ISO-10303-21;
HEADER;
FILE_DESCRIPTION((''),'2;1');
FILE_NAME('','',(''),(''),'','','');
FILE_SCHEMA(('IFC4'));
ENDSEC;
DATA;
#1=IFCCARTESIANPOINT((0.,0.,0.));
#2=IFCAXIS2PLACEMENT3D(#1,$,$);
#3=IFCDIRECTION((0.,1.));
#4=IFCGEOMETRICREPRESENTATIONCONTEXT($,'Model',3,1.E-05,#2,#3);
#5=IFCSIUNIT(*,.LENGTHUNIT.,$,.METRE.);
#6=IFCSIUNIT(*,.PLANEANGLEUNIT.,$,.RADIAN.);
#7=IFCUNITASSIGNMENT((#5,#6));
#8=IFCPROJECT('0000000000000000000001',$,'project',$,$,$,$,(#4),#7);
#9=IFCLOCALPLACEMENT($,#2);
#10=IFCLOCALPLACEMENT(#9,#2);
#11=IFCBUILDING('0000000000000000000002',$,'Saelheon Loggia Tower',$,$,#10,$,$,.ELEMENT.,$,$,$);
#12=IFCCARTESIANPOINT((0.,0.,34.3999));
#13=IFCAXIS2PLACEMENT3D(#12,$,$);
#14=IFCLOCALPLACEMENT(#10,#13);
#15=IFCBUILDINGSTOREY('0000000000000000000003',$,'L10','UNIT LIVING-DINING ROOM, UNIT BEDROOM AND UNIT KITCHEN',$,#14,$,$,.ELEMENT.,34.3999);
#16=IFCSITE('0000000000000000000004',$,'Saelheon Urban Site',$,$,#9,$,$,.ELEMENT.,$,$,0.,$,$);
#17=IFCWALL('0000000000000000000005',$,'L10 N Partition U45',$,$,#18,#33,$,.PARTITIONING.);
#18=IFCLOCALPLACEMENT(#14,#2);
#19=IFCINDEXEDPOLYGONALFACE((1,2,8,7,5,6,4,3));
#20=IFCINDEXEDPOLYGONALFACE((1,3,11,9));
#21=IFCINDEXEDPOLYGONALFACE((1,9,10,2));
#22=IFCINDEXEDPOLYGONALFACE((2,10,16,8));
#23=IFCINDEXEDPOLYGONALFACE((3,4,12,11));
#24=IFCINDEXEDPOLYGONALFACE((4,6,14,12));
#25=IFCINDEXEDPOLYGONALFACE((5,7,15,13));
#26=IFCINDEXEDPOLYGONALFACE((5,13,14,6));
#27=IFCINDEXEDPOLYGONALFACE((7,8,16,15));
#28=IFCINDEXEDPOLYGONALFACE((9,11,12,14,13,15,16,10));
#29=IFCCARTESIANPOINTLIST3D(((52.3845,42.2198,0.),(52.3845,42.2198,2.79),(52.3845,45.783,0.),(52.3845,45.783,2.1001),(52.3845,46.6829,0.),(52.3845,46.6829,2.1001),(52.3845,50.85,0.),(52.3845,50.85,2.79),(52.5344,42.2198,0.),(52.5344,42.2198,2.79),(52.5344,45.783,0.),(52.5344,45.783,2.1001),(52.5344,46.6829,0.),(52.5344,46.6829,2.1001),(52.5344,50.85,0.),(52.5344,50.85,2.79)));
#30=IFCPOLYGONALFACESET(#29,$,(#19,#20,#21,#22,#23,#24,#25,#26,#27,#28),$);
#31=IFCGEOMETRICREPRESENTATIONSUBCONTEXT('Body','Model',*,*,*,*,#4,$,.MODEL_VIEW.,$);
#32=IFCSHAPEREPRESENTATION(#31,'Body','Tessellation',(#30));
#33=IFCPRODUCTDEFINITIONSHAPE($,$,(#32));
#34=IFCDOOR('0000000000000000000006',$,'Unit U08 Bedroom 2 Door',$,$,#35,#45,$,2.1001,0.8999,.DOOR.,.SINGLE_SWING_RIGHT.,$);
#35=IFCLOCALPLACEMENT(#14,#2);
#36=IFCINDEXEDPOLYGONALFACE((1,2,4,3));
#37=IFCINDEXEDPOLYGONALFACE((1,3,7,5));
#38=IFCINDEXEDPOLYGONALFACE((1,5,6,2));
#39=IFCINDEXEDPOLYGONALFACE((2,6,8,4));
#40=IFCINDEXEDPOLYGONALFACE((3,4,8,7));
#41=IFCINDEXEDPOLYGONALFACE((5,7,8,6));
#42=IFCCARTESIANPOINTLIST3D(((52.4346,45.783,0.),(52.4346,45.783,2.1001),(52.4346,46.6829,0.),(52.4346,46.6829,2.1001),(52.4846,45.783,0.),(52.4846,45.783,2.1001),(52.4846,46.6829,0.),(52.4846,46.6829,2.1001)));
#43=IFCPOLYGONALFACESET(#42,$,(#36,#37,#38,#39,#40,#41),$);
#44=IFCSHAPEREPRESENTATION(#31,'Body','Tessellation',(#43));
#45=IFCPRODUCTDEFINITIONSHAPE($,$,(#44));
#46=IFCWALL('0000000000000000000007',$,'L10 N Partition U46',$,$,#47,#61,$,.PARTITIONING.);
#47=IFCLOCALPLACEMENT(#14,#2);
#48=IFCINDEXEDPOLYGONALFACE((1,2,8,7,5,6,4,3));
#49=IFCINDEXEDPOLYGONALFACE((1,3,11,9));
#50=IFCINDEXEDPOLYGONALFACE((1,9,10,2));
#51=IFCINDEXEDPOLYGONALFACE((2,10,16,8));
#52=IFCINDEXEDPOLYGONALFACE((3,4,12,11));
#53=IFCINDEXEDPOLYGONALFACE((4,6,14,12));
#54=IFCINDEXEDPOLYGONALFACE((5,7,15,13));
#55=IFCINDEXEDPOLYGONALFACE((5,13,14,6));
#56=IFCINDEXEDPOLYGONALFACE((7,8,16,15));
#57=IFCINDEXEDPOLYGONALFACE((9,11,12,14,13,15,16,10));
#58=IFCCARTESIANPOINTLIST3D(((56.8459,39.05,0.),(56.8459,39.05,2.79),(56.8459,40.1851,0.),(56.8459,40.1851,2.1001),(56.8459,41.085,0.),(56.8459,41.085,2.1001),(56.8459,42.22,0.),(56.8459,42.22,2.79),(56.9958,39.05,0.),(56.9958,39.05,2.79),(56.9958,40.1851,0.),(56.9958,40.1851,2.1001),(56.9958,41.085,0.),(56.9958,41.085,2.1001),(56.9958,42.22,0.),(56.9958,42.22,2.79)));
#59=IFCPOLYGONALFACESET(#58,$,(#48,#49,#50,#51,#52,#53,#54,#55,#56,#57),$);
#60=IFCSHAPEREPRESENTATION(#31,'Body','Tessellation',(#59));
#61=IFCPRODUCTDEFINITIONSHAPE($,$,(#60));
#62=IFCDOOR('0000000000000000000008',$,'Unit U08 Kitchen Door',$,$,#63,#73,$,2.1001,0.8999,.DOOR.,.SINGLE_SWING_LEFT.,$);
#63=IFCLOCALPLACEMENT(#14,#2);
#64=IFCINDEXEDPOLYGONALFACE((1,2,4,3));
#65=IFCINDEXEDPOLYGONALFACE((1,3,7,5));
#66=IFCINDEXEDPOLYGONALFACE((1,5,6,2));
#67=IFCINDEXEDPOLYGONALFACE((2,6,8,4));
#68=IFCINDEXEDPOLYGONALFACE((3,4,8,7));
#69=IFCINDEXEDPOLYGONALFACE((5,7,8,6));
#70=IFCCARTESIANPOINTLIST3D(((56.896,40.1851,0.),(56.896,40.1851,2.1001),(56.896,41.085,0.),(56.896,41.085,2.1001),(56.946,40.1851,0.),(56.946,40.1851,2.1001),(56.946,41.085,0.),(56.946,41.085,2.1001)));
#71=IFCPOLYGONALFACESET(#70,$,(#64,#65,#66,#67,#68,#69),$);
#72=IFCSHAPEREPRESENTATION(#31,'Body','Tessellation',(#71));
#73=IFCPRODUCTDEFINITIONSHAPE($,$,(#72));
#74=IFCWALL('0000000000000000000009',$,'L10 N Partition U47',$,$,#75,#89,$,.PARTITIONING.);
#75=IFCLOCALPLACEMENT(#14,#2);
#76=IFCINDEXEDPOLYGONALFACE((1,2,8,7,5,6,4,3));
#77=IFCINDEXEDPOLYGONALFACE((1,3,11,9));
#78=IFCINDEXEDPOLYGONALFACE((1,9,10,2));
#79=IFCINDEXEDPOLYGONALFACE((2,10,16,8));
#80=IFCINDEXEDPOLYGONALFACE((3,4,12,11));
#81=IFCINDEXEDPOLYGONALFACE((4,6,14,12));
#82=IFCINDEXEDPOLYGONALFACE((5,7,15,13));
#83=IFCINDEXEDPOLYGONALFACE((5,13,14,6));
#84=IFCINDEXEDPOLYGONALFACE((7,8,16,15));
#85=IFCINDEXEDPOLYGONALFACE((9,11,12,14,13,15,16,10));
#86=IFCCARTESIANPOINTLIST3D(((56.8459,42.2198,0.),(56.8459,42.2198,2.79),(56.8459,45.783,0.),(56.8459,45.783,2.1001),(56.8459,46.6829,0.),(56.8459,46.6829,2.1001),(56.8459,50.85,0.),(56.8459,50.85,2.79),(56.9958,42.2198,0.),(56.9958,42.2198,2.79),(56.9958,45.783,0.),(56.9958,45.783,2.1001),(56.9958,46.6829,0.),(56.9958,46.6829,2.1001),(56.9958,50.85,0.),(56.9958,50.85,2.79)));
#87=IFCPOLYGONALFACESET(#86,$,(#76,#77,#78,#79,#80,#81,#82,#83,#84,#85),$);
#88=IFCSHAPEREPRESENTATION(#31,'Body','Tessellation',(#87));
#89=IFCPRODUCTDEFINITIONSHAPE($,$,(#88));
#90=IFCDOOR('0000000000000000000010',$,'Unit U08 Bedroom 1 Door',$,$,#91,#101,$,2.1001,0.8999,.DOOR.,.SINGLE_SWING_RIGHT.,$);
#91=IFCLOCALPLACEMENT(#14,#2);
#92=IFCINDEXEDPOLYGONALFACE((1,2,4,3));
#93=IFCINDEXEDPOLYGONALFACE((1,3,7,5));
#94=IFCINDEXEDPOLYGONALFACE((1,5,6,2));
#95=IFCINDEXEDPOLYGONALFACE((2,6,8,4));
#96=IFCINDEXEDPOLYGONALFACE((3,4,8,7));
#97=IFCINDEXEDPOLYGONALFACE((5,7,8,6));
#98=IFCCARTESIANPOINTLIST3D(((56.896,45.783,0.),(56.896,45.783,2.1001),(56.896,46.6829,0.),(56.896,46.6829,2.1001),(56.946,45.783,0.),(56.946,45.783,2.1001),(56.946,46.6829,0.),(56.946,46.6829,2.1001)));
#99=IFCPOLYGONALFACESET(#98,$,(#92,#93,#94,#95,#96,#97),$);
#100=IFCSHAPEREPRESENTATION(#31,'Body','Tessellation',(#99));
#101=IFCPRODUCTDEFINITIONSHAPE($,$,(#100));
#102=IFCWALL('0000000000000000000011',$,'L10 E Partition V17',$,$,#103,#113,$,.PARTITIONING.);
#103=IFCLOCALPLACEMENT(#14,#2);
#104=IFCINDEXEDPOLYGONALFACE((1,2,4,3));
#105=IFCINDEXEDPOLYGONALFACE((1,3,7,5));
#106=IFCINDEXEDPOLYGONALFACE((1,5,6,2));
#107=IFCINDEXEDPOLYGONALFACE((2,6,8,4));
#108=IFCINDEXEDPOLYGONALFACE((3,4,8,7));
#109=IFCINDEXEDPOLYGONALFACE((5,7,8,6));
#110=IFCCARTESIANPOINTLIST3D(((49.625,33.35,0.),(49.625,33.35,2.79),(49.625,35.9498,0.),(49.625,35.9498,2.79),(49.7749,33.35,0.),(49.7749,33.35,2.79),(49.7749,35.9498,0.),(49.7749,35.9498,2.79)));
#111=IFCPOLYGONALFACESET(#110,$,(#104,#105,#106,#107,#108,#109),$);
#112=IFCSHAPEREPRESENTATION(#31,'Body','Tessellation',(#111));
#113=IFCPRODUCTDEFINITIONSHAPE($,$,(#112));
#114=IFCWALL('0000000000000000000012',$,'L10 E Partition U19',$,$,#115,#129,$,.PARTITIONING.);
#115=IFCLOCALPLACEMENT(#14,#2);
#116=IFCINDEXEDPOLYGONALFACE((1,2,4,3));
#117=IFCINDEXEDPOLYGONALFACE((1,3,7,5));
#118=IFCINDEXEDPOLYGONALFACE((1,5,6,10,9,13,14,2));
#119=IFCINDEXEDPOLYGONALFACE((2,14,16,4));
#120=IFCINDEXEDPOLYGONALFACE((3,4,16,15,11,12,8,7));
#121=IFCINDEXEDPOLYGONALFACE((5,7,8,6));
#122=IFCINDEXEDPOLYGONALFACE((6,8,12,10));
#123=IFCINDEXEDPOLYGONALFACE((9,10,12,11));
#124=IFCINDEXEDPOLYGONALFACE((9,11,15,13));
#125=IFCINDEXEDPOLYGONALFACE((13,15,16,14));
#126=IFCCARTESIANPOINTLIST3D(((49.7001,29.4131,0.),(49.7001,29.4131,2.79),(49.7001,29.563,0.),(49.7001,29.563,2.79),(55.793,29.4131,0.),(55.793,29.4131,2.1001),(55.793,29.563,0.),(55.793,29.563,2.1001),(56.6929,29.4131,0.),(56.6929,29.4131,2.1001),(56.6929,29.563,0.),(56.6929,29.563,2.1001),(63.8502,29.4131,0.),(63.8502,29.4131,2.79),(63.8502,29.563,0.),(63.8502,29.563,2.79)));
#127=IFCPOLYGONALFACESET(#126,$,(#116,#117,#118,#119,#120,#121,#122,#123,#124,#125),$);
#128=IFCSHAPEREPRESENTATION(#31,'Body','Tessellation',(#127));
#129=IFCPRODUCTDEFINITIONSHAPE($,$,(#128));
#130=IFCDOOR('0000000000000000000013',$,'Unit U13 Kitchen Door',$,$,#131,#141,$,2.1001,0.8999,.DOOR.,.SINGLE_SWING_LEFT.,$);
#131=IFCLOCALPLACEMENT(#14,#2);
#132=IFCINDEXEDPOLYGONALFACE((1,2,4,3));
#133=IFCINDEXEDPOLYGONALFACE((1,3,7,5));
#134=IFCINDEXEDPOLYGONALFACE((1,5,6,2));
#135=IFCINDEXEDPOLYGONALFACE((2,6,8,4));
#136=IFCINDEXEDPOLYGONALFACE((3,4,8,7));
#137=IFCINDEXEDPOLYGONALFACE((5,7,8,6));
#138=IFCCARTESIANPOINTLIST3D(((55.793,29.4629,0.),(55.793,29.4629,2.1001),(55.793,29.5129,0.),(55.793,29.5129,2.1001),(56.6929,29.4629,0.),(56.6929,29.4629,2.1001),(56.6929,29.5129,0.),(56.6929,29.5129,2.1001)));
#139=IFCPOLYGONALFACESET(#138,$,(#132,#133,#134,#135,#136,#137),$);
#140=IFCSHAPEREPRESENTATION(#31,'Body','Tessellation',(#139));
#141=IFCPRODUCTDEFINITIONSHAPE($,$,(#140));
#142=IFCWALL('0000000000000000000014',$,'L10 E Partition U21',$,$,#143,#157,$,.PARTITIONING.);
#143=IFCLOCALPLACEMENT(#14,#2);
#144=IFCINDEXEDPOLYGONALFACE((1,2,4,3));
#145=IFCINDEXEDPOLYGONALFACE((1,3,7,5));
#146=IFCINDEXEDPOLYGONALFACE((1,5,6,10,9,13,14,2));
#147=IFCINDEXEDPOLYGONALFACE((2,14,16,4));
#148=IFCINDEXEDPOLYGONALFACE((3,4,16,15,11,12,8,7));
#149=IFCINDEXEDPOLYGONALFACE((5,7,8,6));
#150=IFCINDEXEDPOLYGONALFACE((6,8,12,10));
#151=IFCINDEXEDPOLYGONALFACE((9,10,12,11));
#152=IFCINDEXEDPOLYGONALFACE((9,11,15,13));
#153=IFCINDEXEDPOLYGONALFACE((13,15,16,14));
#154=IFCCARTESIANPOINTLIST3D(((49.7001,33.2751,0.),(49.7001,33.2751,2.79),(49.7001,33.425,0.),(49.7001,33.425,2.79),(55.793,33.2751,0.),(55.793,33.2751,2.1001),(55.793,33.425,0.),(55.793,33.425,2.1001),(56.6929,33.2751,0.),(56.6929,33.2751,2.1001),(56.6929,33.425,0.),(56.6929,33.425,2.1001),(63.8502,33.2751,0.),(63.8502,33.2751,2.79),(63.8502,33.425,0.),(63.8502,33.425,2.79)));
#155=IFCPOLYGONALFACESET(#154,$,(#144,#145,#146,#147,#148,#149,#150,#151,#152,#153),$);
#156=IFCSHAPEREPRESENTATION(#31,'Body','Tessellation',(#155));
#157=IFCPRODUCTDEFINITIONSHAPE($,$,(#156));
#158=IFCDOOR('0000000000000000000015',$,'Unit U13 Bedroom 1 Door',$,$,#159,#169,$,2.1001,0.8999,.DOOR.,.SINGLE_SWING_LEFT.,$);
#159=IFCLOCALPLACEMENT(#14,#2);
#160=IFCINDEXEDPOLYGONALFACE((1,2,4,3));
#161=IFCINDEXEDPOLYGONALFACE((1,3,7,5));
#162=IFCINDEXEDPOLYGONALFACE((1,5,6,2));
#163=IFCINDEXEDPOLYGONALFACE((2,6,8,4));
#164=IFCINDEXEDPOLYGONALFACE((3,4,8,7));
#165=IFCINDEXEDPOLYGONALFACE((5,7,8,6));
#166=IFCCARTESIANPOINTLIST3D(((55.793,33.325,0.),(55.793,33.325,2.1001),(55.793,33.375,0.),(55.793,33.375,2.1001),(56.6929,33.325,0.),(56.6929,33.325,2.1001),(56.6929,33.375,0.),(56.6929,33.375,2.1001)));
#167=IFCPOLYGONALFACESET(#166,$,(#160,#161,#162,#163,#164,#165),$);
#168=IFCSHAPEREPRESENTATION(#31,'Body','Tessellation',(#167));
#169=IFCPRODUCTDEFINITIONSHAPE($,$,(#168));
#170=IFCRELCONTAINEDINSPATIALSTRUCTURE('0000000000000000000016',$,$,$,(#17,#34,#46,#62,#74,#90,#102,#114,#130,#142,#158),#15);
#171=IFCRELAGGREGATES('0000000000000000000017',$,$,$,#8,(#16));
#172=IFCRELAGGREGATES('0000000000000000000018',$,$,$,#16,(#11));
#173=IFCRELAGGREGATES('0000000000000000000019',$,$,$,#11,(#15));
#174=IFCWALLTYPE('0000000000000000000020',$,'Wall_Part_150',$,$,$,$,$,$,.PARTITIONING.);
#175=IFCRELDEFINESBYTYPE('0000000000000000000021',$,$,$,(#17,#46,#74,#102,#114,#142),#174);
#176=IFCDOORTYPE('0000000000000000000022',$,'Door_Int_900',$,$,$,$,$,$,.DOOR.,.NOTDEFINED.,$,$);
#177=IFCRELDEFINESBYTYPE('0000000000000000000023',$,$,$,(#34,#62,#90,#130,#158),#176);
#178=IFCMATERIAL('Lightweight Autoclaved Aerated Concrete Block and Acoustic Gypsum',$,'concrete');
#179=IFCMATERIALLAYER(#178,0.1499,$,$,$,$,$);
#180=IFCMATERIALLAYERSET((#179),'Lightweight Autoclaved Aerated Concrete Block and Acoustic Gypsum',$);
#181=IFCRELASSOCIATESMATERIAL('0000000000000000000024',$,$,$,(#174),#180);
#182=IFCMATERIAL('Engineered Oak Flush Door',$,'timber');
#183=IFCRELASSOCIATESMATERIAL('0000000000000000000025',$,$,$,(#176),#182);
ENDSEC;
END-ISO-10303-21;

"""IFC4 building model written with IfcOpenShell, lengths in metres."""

from ifc_helpers import new_model, si_unit, direction, frame, frame_2d, origin, place, context, subcontext, project, spatial, rectangle, extrude, source, transform, mapped, material, layer, layer_set, type_object, element, fill, save


model = new_model("IFC4")

# Units and contexts
model_context = context("Model", 3, precision=1e-05, world=origin(), true_north=direction((0.0, 1.0)))
body_context = subcontext(model_context, "Body", "Model", "MODEL_VIEW")
ifc_project = project(units=[si_unit("LENGTHUNIT", "METRE"), si_unit("PLANEANGLEUNIT", "RADIAN")], contexts=[model_context])

# Site, building, storey
site_placement = place(None, origin())
site = spatial("IfcSite", under=ifc_project, at=site_placement, Name="Saelheon Urban Site", CompositionType="ELEMENT", RefElevation=0.0)
building_placement = place(site_placement, origin())
building = spatial("IfcBuilding", under=site, at=building_placement, Name="Saelheon Loggia Tower", CompositionType="ELEMENT")
storey_placement = place(building_placement, frame((0.0, 0.0, 34.3999)))
storey = spatial("IfcBuildingStorey", under=building, at=storey_placement, Name="L10", Description="UNIT LIVING-DINING ROOM, UNIT BEDROOM AND UNIT KITCHEN", CompositionType="ELEMENT", Elevation=34.3999)

# Shared definitions
ifc_material_1 = material(Name="Lightweight Autoclaved Aerated Concrete Block and Acoustic Gypsum", Category="concrete")
ifc_layer_1 = layer(ifc_material_1, 0.1499)
ifc_layer_set_1 = layer_set([ifc_layer_1], Name="Lightweight Autoclaved Aerated Concrete Block and Acoustic Gypsum")
wall_type_1 = type_object("IfcWallType", Name="Wall_Part_150", PredefinedType="PARTITIONING", material=ifc_layer_set_1)

# Walls, openings, doors
wall_1_placement = place(storey_placement, frame((52.4595, 42.22, 0.0), z_axis=(0.0, 0.0, 1.0), x_axis=(0.0, 1.0, 0.0)))
wall_1 = element("IfcWall", 1, at=wall_1_placement, inside=storey, type_object=wall_type_1, Name="L10 N Partition U45", PredefinedType="PARTITIONING", context=body_context, shape_type="SweptSolid", body=[
    extrude(rectangle(XDim=8.6301, YDim=0.1499, at=frame_2d((4.3149, 0.0))), origin(), (0.0, 0.0, 1.0), 2.79),
])
opening_1_placement = place(wall_1_placement, frame((3.563, 0.0, 0.0)))
opening_1 = element("IfcOpeningElement", 2, at=opening_1_placement, cuts=wall_1, PredefinedType="OPENING", context=body_context, shape_type="SweptSolid", body=[
    extrude(rectangle(XDim=0.8999, YDim=2.1001, at=frame_2d((0.45, 1.05))), frame((0.0, 0.0869, 0.0), z_axis=(0.0, -1.0, 0.0), x_axis=(1.0, 0.0, 0.0)), (0.0, 0.0, 1.0), 0.1738),
])
ifc_material_2 = material(Name="Engineered Oak Flush Door", Category="timber")
door_type_1 = type_object("IfcDoorType", Name="Door_Int_900", OperationType="NOTDEFINED", PredefinedType="DOOR", material=ifc_material_2)
shared_shape_1 = source(origin(), body_context, "Body", "SweptSolid", [
    extrude(rectangle(XDim=0.8999, YDim=2.1001, at=frame_2d((0.45, 1.05))), frame((0.0, 0.0249, 0.0), z_axis=(0.0, -1.0, 0.0), x_axis=(1.0, 0.0, 0.0)), (0.0, 0.0, 1.0), 0.05),
])
door_1_placement = place(opening_1_placement, origin())
door_1 = element("IfcDoor", 3, at=door_1_placement, inside=storey, type_object=door_type_1, Name="Unit U08 Bedroom 2 Door", OperationType="SINGLE_SWING_RIGHT", OverallHeight=2.1001, OverallWidth=0.8999, PredefinedType="DOOR", context=body_context, shape_type="MappedRepresentation", body=[
    mapped(shared_shape_1, transform((0.0, 0.0, 0.0), scale=1.0)),
])
fill(opening_1, door_1)
wall_2_placement = place(storey_placement, frame((56.9209, 39.05, 0.0), z_axis=(0.0, 0.0, 1.0), x_axis=(0.0, 1.0, 0.0)))
wall_2 = element("IfcWall", 4, at=wall_2_placement, inside=storey, type_object=wall_type_1, Name="L10 N Partition U46", PredefinedType="PARTITIONING", context=body_context, shape_type="SweptSolid", body=[
    extrude(rectangle(XDim=3.1699, YDim=0.1499, at=frame_2d((1.585, 0.0))), origin(), (0.0, 0.0, 1.0), 2.79),
])
opening_2_placement = place(wall_2_placement, frame((1.135, 0.0, 0.0)))
opening_2 = element("IfcOpeningElement", 5, at=opening_2_placement, cuts=wall_2, PredefinedType="OPENING", context=body_context, shape_type="SweptSolid", body=[
    extrude(rectangle(XDim=0.8999, YDim=2.1001, at=frame_2d((0.45, 1.05))), frame((0.0, 0.0869, 0.0), z_axis=(0.0, -1.0, 0.0), x_axis=(1.0, 0.0, 0.0)), (0.0, 0.0, 1.0), 0.1738),
])
door_2_placement = place(opening_2_placement, origin())
door_2 = element("IfcDoor", 6, at=door_2_placement, inside=storey, type_object=door_type_1, Name="Unit U08 Kitchen Door", OperationType="SINGLE_SWING_LEFT", OverallHeight=2.1001, OverallWidth=0.8999, PredefinedType="DOOR", context=body_context, shape_type="MappedRepresentation", body=[
    mapped(shared_shape_1, transform((0.0, 0.0, 0.0), scale=1.0)),
])
fill(opening_2, door_2)
wall_3_placement = place(storey_placement, frame((56.9209, 42.22, 0.0), z_axis=(0.0, 0.0, 1.0), x_axis=(0.0, 1.0, 0.0)))
wall_3 = element("IfcWall", 7, at=wall_3_placement, inside=storey, type_object=wall_type_1, Name="L10 N Partition U47", PredefinedType="PARTITIONING", context=body_context, shape_type="SweptSolid", body=[
    extrude(rectangle(XDim=8.6301, YDim=0.1499, at=frame_2d((4.3149, 0.0))), origin(), (0.0, 0.0, 1.0), 2.79),
])
opening_3_placement = place(wall_3_placement, frame((3.563, 0.0, 0.0)))
opening_3 = element("IfcOpeningElement", 8, at=opening_3_placement, cuts=wall_3, PredefinedType="OPENING", context=body_context, shape_type="SweptSolid", body=[
    extrude(rectangle(XDim=0.8999, YDim=2.1001, at=frame_2d((0.45, 1.05))), frame((0.0, 0.0869, 0.0), z_axis=(0.0, -1.0, 0.0), x_axis=(1.0, 0.0, 0.0)), (0.0, 0.0, 1.0), 0.1738),
])
door_3_placement = place(opening_3_placement, origin())
door_3 = element("IfcDoor", 9, at=door_3_placement, inside=storey, type_object=door_type_1, Name="Unit U08 Bedroom 1 Door", OperationType="SINGLE_SWING_RIGHT", OverallHeight=2.1001, OverallWidth=0.8999, PredefinedType="DOOR", context=body_context, shape_type="MappedRepresentation", body=[
    mapped(shared_shape_1, transform((0.0, 0.0, 0.0), scale=1.0)),
])
fill(opening_3, door_3)

# Wall
wall_4_placement = place(storey_placement, frame((49.7, 33.3501, 0.0), z_axis=(0.0, 0.0, 1.0), x_axis=(0.0, 1.0, 0.0)))
element("IfcWall", 10, at=wall_4_placement, inside=storey, type_object=wall_type_1, Name="L10 E Partition V17", PredefinedType="PARTITIONING", context=body_context, shape_type="SweptSolid", body=[
    extrude(rectangle(XDim=2.5999, YDim=0.1499, at=frame_2d((1.2998, 0.0))), origin(), (0.0, 0.0, 1.0), 2.79),
])

# Walls, openings, doors
wall_5_placement = place(storey_placement, frame((49.7, 29.488, 0.0), z_axis=(0.0, 0.0, 1.0), x_axis=(1.0, 0.0, 0.0)))
wall_5 = element("IfcWall", 11, at=wall_5_placement, inside=storey, type_object=wall_type_1, Name="L10 E Partition U19", PredefinedType="PARTITIONING", context=body_context, shape_type="SweptSolid", body=[
    extrude(rectangle(XDim=14.1501, YDim=0.1499, at=frame_2d((7.0752, 0.0))), origin(), (0.0, 0.0, 1.0), 2.79),
])
opening_4_placement = place(wall_5_placement, frame((6.093, 0.0, 0.0)))
opening_4 = element("IfcOpeningElement", 12, at=opening_4_placement, cuts=wall_5, PredefinedType="OPENING", context=body_context, shape_type="SweptSolid", body=[
    extrude(rectangle(XDim=0.8999, YDim=2.1001, at=frame_2d((0.45, 1.05))), frame((0.0, 0.0869, 0.0), z_axis=(0.0, -1.0, 0.0), x_axis=(1.0, 0.0, 0.0)), (0.0, 0.0, 1.0), 0.1738),
])
door_4_placement = place(opening_4_placement, origin())
door_4 = element("IfcDoor", 13, at=door_4_placement, inside=storey, type_object=door_type_1, Name="Unit U13 Kitchen Door", OperationType="SINGLE_SWING_LEFT", OverallHeight=2.1001, OverallWidth=0.8999, PredefinedType="DOOR", context=body_context, shape_type="MappedRepresentation", body=[
    mapped(shared_shape_1, transform((0.0, 0.0, 0.0), scale=1.0)),
])
fill(opening_4, door_4)
wall_6_placement = place(storey_placement, frame((49.7, 33.3501, 0.0), z_axis=(0.0, 0.0, 1.0), x_axis=(1.0, 0.0, 0.0)))
wall_6 = element("IfcWall", 14, at=wall_6_placement, inside=storey, type_object=wall_type_1, Name="L10 E Partition U21", PredefinedType="PARTITIONING", context=body_context, shape_type="SweptSolid", body=[
    extrude(rectangle(XDim=14.1501, YDim=0.1499, at=frame_2d((7.0752, 0.0))), origin(), (0.0, 0.0, 1.0), 2.79),
])
opening_5_placement = place(wall_6_placement, frame((6.093, 0.0, 0.0)))
opening_5 = element("IfcOpeningElement", 15, at=opening_5_placement, cuts=wall_6, PredefinedType="OPENING", context=body_context, shape_type="SweptSolid", body=[
    extrude(rectangle(XDim=0.8999, YDim=2.1001, at=frame_2d((0.45, 1.05))), frame((0.0, 0.0869, 0.0), z_axis=(0.0, -1.0, 0.0), x_axis=(1.0, 0.0, 0.0)), (0.0, 0.0, 1.0), 0.1738),
])
door_5_placement = place(opening_5_placement, origin())
door_5 = element("IfcDoor", 16, at=door_5_placement, inside=storey, type_object=door_type_1, Name="Unit U13 Bedroom 1 Door", OperationType="SINGLE_SWING_LEFT", OverallHeight=2.1001, OverallWidth=0.8999, PredefinedType="DOOR", context=body_context, shape_type="MappedRepresentation", body=[
    mapped(shared_shape_1, transform((0.0, 0.0, 0.0), scale=1.0)),
])
fill(opening_5, door_5)

save(model, "model.ifc")
